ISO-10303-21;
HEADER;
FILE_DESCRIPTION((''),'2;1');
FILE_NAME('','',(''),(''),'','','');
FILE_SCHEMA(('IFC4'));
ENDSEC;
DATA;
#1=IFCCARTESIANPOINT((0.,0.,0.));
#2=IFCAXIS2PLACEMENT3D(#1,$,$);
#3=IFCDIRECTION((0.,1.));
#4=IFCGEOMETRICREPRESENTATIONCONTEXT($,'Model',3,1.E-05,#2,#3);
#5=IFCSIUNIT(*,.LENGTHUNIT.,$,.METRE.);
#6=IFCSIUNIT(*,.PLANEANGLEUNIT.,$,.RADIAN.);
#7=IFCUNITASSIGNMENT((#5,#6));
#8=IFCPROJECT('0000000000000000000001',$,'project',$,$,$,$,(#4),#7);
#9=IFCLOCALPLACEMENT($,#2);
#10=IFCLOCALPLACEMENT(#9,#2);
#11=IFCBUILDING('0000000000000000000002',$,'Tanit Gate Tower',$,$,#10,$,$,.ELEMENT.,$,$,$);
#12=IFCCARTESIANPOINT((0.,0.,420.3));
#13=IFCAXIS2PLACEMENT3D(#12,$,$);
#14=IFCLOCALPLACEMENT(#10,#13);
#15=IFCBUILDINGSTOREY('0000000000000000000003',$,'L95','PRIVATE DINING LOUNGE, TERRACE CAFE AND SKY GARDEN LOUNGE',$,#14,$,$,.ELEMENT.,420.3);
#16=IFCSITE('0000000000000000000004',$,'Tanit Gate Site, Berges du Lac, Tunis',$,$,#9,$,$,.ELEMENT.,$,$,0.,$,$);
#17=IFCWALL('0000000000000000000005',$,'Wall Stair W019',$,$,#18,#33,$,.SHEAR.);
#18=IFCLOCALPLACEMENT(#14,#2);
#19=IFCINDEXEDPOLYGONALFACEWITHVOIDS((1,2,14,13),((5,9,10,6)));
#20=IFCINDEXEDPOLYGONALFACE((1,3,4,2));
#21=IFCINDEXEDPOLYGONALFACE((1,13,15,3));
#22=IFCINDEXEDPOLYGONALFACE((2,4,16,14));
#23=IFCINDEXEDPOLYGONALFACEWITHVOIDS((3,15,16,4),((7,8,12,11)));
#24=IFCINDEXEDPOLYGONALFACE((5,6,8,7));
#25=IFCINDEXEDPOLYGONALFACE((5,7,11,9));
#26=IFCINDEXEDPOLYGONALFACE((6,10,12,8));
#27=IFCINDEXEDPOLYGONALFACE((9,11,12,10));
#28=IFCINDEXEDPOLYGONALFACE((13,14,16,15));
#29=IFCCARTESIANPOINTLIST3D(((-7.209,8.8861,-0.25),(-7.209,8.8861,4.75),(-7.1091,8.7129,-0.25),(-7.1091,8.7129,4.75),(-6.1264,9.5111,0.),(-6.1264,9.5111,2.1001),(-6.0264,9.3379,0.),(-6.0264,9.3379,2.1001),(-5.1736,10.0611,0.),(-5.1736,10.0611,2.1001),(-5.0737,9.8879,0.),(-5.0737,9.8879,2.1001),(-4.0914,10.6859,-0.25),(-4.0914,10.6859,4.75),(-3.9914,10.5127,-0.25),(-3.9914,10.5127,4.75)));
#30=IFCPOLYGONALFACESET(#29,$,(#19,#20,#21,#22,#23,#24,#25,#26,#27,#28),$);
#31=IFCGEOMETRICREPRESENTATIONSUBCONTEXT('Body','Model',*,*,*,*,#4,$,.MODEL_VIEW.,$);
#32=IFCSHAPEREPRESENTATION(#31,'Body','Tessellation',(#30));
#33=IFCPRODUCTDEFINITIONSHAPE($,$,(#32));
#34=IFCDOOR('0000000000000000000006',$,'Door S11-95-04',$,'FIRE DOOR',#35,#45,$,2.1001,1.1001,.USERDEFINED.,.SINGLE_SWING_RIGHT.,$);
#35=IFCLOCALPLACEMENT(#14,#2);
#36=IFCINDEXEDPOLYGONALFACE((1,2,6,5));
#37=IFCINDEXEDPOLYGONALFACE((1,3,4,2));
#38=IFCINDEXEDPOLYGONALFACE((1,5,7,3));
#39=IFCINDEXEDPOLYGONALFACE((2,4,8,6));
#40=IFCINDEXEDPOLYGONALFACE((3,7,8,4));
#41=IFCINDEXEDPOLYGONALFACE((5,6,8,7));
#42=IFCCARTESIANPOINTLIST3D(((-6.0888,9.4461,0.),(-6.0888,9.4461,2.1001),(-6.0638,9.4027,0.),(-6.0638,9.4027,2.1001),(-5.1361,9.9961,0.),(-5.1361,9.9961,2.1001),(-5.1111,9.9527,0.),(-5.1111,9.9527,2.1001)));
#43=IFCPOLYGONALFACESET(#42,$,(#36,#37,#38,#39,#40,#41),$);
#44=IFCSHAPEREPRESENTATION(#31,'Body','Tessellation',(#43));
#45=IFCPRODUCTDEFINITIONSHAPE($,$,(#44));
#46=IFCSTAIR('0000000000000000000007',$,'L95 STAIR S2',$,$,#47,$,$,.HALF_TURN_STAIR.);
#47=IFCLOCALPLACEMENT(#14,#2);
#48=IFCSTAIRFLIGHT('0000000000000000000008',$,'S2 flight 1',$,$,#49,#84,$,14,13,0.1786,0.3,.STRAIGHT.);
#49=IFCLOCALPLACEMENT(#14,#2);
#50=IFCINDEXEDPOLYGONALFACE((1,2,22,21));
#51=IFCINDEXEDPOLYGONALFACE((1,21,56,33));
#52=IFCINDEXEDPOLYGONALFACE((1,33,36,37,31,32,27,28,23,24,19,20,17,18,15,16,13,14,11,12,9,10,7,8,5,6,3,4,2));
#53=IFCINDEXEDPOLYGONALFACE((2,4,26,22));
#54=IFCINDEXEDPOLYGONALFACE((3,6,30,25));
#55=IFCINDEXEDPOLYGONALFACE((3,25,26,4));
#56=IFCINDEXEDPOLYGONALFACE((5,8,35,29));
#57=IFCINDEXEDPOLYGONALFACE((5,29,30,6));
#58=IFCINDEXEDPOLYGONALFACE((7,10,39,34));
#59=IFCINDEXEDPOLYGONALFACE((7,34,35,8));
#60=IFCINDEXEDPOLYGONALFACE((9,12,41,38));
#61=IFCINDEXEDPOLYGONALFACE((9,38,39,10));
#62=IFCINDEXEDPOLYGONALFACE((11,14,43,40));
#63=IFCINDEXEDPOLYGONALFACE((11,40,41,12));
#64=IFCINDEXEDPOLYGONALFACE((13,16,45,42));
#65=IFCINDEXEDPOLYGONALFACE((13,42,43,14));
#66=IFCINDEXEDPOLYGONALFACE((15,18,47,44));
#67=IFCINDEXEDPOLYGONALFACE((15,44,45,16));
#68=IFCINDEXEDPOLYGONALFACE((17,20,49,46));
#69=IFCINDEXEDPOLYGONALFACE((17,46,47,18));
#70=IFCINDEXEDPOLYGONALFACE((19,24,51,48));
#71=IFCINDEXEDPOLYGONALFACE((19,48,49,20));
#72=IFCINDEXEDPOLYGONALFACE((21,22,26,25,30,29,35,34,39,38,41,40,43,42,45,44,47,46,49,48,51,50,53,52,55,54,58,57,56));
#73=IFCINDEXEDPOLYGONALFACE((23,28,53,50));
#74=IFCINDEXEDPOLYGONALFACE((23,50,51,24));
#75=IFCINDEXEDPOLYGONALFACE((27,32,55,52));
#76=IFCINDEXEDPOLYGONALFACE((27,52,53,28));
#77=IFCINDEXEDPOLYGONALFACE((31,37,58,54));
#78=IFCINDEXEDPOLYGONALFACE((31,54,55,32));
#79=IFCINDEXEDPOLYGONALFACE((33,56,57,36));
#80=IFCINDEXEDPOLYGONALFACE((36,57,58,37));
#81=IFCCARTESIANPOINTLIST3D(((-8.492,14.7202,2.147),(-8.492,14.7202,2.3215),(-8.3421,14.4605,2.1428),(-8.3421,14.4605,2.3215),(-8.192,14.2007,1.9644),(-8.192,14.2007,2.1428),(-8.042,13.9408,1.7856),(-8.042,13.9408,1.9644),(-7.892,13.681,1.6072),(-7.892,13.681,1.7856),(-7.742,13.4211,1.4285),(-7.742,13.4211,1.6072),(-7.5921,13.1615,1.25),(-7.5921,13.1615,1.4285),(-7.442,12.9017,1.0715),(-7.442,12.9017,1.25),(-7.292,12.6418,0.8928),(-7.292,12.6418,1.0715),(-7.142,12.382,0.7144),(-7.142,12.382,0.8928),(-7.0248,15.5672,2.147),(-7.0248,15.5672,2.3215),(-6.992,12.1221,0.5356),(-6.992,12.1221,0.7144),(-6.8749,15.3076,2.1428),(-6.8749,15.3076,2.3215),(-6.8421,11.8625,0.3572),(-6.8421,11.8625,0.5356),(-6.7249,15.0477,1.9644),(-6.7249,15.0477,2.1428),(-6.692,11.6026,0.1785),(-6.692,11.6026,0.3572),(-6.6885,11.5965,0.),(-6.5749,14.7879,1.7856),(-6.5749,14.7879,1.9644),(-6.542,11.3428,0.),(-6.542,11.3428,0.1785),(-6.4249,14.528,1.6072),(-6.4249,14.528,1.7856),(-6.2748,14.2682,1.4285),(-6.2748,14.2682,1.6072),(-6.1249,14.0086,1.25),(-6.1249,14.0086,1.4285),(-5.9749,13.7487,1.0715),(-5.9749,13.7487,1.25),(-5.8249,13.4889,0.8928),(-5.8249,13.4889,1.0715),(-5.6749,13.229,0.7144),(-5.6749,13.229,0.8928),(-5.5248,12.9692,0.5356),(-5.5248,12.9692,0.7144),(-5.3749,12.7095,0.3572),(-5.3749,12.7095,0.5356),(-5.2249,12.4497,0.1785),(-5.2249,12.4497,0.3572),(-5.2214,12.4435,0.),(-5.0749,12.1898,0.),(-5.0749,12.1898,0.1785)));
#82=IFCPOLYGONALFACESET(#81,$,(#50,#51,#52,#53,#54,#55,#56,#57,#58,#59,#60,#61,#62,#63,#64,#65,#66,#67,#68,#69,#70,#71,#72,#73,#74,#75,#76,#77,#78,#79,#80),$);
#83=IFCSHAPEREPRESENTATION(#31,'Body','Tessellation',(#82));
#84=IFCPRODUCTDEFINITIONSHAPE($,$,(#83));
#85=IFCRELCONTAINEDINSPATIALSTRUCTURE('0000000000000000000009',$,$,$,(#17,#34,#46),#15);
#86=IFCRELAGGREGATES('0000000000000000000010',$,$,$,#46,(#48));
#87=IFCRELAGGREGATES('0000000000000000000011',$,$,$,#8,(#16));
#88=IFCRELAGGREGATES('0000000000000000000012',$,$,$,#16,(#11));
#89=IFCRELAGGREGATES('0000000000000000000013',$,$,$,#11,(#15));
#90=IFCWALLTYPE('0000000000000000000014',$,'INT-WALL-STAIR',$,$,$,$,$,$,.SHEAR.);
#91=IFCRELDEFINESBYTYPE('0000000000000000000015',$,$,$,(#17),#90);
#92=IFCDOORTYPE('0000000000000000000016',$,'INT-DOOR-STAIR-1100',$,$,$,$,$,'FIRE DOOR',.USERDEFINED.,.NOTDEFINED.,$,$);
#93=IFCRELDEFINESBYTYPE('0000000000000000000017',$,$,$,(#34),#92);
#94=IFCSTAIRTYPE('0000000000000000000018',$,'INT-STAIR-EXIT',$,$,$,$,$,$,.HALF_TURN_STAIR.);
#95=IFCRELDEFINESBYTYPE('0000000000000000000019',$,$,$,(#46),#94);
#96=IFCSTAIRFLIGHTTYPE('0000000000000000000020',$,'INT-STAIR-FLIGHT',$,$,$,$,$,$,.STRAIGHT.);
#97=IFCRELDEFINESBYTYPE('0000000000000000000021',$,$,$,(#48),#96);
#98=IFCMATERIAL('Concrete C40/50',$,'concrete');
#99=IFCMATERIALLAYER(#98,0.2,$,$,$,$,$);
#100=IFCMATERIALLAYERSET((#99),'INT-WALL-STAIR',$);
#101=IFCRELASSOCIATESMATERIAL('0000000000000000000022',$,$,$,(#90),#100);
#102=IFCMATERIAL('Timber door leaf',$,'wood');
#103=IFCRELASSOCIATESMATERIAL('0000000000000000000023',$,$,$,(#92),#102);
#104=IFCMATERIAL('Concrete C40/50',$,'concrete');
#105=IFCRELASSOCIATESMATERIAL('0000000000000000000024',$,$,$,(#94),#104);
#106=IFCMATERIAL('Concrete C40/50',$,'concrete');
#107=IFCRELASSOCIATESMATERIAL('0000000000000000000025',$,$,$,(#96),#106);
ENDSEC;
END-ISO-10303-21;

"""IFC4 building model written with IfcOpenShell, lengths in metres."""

from ifc_helpers import new_model, si_unit, direction, frame, frame_2d, origin, place, context, subcontext, project, spatial, polyline, rectangle, outline, extrude, material, layer, layer_set, type_object, element, fill, aggregate, save


model = new_model("IFC4")

# Units and contexts
model_context = context("Model", 3, precision=1e-05, world=origin(), true_north=direction((0.0, 1.0)))
body_context = subcontext(model_context, "Body", "Model", "MODEL_VIEW")
ifc_project = project(units=[si_unit("LENGTHUNIT", "METRE"), si_unit("PLANEANGLEUNIT", "RADIAN")], contexts=[model_context])

# Site, building, storey
site_placement = place(None, origin())
site = spatial("IfcSite", under=ifc_project, at=site_placement, Name="Tanit Gate Site, Berges du Lac, Tunis", CompositionType="ELEMENT", RefElevation=0.0)
building_placement = place(site_placement, origin())
building = spatial("IfcBuilding", under=site, at=building_placement, Name="Tanit Gate Tower", CompositionType="ELEMENT")
storey_placement = place(building_placement, frame((0.0, 0.0, 420.3)))
storey = spatial("IfcBuildingStorey", under=building, at=storey_placement, Name="L95", Description="PRIVATE DINING LOUNGE, TERRACE CAFE AND SKY GARDEN LOUNGE", CompositionType="ELEMENT", Elevation=420.3)

# Wall, opening, door
ifc_material_1 = material(Name="Concrete C40/50", Category="concrete")
ifc_layer_1 = layer(ifc_material_1, 0.2)
ifc_layer_set_1 = layer_set([ifc_layer_1], Name="INT-WALL-STAIR")
wall_type_1 = type_object("IfcWallType", Name="INT-WALL-STAIR", PredefinedType="SHEAR", material=ifc_layer_set_1)
wall_1_placement = place(storey_placement, frame((-7.1589, 8.7996, -0.25), z_axis=(0.0, 0.0, 1.0), x_axis=(0.866048, 0.499961, 0.0)))
wall_1 = element("IfcWall", 1, at=wall_1_placement, inside=storey, type_object=wall_type_1, Name="Wall Stair W019", PredefinedType="SHEAR", context=body_context, shape_type="SweptSolid", body=[
    extrude(rectangle(XDim=3.5999, YDim=0.2, at=frame_2d((1.7998, 0.0))), origin(), (0.0, 0.0, 1.0), 5.0),
])
opening_1_placement = place(wall_1_placement, frame((1.25, 0.0, 0.25)))
opening_1 = element("IfcOpeningElement", 2, at=opening_1_placement, cuts=wall_1, PredefinedType="OPENING", context=body_context, shape_type="SweptSolid", body=[
    extrude(rectangle(XDim=1.1001, YDim=2.1001, at=frame_2d((0.55, 1.05))), frame((0.0, 0.1099, 0.0), z_axis=(0.0, -1.0, 0.0), x_axis=(1.0, 0.0, 0.0)), (0.0, 0.0, 1.0), 0.22),
])
ifc_material_2 = material(Name="Timber door leaf", Category="wood")
door_type_1 = type_object("IfcDoorType", Name="INT-DOOR-STAIR-1100", ElementType="FIRE DOOR", OperationType="NOTDEFINED", PredefinedType="USERDEFINED", material=ifc_material_2)
door_1_placement = place(opening_1_placement, origin())
door_1 = element("IfcDoor", 3, at=door_1_placement, inside=storey, type_object=door_type_1, Name="Door S11-95-04", ObjectType="FIRE DOOR", OperationType="SINGLE_SWING_RIGHT", OverallHeight=2.1001, OverallWidth=1.1001, PredefinedType="USERDEFINED", context=body_context, shape_type="SweptSolid", body=[
    extrude(rectangle(XDim=1.1001, YDim=2.1001, at=frame_2d((0.55, 1.05))), frame((0.0, 0.0249, 0.0), z_axis=(0.0, -1.0, 0.0), x_axis=(1.0, 0.0, 0.0)), (0.0, 0.0, 1.0), 0.05),
])
fill(opening_1, door_1)

# Stair, stair flight
ifc_material_3 = material(Name="Concrete C40/50", Category="concrete")
stair_type = type_object("IfcStairType", Name="INT-STAIR-EXIT", PredefinedType="HALF_TURN_STAIR", material=ifc_material_3)
stair_placement = place(storey_placement, origin())
stair = element("IfcStair", 4, at=stair_placement, inside=storey, type_object=stair_type, Name="L95 STAIR S2", PredefinedType="HALF_TURN_STAIR")
ifc_material_4 = material(Name="Concrete C40/50", Category="concrete")
stair_flight_type = type_object("IfcStairFlightType", Name="INT-STAIR-FLIGHT", PredefinedType="STRAIGHT", material=ifc_material_4)
stair_flight_placement = place(storey_placement, frame((-5.8083, 11.7664, 0.0), z_axis=(0.0, 0.0, 1.0), x_axis=(-0.5, 0.866025, 0.0)))
stair_flight = element("IfcStairFlight", 5, at=stair_flight_placement, type_object=stair_flight_type, Name="S2 flight 1", NumberOfRisers=14, NumberOfTreads=13, PredefinedType="STRAIGHT", RiserHeight=0.1786, TreadLength=0.3, context=body_context, shape_type="SweptSolid", body=[
    extrude(outline(polyline([(0.0, 0.0), (0.0, 0.1785), (0.3, 0.1785), (0.3, 0.3572), (0.6001, 0.3572), (0.6001, 0.5356), (0.8999, 0.5356), (0.8999, 0.7144), (1.2, 0.7144), (1.2, 0.8928), (1.5, 0.8928), (1.5, 1.0715), (1.8, 1.0715), (1.8, 1.25), (2.1001, 1.25), (2.1001, 1.4285), (2.3999, 1.4285), (2.3999, 1.6072), (2.7, 1.6072), (2.7, 1.7856), (3.0, 1.7856), (3.0, 1.9644), (3.3, 1.9644), (3.3, 2.1428), (3.6001, 2.1428), (3.6001, 2.3215), (3.8999, 2.3215), (3.8999, 2.5), (3.8999, 2.147), (0.293, 0.0), (0.0, 0.0)])), frame((0.0, 0.8472, 0.0), z_axis=(0.0, -1.0, 0.0), x_axis=(1.0, 0.0, 0.0)), (0.0, 0.0, 1.0), 1.6941),
])
aggregate(stair, [stair_flight])

save(model, "model.ifc")
